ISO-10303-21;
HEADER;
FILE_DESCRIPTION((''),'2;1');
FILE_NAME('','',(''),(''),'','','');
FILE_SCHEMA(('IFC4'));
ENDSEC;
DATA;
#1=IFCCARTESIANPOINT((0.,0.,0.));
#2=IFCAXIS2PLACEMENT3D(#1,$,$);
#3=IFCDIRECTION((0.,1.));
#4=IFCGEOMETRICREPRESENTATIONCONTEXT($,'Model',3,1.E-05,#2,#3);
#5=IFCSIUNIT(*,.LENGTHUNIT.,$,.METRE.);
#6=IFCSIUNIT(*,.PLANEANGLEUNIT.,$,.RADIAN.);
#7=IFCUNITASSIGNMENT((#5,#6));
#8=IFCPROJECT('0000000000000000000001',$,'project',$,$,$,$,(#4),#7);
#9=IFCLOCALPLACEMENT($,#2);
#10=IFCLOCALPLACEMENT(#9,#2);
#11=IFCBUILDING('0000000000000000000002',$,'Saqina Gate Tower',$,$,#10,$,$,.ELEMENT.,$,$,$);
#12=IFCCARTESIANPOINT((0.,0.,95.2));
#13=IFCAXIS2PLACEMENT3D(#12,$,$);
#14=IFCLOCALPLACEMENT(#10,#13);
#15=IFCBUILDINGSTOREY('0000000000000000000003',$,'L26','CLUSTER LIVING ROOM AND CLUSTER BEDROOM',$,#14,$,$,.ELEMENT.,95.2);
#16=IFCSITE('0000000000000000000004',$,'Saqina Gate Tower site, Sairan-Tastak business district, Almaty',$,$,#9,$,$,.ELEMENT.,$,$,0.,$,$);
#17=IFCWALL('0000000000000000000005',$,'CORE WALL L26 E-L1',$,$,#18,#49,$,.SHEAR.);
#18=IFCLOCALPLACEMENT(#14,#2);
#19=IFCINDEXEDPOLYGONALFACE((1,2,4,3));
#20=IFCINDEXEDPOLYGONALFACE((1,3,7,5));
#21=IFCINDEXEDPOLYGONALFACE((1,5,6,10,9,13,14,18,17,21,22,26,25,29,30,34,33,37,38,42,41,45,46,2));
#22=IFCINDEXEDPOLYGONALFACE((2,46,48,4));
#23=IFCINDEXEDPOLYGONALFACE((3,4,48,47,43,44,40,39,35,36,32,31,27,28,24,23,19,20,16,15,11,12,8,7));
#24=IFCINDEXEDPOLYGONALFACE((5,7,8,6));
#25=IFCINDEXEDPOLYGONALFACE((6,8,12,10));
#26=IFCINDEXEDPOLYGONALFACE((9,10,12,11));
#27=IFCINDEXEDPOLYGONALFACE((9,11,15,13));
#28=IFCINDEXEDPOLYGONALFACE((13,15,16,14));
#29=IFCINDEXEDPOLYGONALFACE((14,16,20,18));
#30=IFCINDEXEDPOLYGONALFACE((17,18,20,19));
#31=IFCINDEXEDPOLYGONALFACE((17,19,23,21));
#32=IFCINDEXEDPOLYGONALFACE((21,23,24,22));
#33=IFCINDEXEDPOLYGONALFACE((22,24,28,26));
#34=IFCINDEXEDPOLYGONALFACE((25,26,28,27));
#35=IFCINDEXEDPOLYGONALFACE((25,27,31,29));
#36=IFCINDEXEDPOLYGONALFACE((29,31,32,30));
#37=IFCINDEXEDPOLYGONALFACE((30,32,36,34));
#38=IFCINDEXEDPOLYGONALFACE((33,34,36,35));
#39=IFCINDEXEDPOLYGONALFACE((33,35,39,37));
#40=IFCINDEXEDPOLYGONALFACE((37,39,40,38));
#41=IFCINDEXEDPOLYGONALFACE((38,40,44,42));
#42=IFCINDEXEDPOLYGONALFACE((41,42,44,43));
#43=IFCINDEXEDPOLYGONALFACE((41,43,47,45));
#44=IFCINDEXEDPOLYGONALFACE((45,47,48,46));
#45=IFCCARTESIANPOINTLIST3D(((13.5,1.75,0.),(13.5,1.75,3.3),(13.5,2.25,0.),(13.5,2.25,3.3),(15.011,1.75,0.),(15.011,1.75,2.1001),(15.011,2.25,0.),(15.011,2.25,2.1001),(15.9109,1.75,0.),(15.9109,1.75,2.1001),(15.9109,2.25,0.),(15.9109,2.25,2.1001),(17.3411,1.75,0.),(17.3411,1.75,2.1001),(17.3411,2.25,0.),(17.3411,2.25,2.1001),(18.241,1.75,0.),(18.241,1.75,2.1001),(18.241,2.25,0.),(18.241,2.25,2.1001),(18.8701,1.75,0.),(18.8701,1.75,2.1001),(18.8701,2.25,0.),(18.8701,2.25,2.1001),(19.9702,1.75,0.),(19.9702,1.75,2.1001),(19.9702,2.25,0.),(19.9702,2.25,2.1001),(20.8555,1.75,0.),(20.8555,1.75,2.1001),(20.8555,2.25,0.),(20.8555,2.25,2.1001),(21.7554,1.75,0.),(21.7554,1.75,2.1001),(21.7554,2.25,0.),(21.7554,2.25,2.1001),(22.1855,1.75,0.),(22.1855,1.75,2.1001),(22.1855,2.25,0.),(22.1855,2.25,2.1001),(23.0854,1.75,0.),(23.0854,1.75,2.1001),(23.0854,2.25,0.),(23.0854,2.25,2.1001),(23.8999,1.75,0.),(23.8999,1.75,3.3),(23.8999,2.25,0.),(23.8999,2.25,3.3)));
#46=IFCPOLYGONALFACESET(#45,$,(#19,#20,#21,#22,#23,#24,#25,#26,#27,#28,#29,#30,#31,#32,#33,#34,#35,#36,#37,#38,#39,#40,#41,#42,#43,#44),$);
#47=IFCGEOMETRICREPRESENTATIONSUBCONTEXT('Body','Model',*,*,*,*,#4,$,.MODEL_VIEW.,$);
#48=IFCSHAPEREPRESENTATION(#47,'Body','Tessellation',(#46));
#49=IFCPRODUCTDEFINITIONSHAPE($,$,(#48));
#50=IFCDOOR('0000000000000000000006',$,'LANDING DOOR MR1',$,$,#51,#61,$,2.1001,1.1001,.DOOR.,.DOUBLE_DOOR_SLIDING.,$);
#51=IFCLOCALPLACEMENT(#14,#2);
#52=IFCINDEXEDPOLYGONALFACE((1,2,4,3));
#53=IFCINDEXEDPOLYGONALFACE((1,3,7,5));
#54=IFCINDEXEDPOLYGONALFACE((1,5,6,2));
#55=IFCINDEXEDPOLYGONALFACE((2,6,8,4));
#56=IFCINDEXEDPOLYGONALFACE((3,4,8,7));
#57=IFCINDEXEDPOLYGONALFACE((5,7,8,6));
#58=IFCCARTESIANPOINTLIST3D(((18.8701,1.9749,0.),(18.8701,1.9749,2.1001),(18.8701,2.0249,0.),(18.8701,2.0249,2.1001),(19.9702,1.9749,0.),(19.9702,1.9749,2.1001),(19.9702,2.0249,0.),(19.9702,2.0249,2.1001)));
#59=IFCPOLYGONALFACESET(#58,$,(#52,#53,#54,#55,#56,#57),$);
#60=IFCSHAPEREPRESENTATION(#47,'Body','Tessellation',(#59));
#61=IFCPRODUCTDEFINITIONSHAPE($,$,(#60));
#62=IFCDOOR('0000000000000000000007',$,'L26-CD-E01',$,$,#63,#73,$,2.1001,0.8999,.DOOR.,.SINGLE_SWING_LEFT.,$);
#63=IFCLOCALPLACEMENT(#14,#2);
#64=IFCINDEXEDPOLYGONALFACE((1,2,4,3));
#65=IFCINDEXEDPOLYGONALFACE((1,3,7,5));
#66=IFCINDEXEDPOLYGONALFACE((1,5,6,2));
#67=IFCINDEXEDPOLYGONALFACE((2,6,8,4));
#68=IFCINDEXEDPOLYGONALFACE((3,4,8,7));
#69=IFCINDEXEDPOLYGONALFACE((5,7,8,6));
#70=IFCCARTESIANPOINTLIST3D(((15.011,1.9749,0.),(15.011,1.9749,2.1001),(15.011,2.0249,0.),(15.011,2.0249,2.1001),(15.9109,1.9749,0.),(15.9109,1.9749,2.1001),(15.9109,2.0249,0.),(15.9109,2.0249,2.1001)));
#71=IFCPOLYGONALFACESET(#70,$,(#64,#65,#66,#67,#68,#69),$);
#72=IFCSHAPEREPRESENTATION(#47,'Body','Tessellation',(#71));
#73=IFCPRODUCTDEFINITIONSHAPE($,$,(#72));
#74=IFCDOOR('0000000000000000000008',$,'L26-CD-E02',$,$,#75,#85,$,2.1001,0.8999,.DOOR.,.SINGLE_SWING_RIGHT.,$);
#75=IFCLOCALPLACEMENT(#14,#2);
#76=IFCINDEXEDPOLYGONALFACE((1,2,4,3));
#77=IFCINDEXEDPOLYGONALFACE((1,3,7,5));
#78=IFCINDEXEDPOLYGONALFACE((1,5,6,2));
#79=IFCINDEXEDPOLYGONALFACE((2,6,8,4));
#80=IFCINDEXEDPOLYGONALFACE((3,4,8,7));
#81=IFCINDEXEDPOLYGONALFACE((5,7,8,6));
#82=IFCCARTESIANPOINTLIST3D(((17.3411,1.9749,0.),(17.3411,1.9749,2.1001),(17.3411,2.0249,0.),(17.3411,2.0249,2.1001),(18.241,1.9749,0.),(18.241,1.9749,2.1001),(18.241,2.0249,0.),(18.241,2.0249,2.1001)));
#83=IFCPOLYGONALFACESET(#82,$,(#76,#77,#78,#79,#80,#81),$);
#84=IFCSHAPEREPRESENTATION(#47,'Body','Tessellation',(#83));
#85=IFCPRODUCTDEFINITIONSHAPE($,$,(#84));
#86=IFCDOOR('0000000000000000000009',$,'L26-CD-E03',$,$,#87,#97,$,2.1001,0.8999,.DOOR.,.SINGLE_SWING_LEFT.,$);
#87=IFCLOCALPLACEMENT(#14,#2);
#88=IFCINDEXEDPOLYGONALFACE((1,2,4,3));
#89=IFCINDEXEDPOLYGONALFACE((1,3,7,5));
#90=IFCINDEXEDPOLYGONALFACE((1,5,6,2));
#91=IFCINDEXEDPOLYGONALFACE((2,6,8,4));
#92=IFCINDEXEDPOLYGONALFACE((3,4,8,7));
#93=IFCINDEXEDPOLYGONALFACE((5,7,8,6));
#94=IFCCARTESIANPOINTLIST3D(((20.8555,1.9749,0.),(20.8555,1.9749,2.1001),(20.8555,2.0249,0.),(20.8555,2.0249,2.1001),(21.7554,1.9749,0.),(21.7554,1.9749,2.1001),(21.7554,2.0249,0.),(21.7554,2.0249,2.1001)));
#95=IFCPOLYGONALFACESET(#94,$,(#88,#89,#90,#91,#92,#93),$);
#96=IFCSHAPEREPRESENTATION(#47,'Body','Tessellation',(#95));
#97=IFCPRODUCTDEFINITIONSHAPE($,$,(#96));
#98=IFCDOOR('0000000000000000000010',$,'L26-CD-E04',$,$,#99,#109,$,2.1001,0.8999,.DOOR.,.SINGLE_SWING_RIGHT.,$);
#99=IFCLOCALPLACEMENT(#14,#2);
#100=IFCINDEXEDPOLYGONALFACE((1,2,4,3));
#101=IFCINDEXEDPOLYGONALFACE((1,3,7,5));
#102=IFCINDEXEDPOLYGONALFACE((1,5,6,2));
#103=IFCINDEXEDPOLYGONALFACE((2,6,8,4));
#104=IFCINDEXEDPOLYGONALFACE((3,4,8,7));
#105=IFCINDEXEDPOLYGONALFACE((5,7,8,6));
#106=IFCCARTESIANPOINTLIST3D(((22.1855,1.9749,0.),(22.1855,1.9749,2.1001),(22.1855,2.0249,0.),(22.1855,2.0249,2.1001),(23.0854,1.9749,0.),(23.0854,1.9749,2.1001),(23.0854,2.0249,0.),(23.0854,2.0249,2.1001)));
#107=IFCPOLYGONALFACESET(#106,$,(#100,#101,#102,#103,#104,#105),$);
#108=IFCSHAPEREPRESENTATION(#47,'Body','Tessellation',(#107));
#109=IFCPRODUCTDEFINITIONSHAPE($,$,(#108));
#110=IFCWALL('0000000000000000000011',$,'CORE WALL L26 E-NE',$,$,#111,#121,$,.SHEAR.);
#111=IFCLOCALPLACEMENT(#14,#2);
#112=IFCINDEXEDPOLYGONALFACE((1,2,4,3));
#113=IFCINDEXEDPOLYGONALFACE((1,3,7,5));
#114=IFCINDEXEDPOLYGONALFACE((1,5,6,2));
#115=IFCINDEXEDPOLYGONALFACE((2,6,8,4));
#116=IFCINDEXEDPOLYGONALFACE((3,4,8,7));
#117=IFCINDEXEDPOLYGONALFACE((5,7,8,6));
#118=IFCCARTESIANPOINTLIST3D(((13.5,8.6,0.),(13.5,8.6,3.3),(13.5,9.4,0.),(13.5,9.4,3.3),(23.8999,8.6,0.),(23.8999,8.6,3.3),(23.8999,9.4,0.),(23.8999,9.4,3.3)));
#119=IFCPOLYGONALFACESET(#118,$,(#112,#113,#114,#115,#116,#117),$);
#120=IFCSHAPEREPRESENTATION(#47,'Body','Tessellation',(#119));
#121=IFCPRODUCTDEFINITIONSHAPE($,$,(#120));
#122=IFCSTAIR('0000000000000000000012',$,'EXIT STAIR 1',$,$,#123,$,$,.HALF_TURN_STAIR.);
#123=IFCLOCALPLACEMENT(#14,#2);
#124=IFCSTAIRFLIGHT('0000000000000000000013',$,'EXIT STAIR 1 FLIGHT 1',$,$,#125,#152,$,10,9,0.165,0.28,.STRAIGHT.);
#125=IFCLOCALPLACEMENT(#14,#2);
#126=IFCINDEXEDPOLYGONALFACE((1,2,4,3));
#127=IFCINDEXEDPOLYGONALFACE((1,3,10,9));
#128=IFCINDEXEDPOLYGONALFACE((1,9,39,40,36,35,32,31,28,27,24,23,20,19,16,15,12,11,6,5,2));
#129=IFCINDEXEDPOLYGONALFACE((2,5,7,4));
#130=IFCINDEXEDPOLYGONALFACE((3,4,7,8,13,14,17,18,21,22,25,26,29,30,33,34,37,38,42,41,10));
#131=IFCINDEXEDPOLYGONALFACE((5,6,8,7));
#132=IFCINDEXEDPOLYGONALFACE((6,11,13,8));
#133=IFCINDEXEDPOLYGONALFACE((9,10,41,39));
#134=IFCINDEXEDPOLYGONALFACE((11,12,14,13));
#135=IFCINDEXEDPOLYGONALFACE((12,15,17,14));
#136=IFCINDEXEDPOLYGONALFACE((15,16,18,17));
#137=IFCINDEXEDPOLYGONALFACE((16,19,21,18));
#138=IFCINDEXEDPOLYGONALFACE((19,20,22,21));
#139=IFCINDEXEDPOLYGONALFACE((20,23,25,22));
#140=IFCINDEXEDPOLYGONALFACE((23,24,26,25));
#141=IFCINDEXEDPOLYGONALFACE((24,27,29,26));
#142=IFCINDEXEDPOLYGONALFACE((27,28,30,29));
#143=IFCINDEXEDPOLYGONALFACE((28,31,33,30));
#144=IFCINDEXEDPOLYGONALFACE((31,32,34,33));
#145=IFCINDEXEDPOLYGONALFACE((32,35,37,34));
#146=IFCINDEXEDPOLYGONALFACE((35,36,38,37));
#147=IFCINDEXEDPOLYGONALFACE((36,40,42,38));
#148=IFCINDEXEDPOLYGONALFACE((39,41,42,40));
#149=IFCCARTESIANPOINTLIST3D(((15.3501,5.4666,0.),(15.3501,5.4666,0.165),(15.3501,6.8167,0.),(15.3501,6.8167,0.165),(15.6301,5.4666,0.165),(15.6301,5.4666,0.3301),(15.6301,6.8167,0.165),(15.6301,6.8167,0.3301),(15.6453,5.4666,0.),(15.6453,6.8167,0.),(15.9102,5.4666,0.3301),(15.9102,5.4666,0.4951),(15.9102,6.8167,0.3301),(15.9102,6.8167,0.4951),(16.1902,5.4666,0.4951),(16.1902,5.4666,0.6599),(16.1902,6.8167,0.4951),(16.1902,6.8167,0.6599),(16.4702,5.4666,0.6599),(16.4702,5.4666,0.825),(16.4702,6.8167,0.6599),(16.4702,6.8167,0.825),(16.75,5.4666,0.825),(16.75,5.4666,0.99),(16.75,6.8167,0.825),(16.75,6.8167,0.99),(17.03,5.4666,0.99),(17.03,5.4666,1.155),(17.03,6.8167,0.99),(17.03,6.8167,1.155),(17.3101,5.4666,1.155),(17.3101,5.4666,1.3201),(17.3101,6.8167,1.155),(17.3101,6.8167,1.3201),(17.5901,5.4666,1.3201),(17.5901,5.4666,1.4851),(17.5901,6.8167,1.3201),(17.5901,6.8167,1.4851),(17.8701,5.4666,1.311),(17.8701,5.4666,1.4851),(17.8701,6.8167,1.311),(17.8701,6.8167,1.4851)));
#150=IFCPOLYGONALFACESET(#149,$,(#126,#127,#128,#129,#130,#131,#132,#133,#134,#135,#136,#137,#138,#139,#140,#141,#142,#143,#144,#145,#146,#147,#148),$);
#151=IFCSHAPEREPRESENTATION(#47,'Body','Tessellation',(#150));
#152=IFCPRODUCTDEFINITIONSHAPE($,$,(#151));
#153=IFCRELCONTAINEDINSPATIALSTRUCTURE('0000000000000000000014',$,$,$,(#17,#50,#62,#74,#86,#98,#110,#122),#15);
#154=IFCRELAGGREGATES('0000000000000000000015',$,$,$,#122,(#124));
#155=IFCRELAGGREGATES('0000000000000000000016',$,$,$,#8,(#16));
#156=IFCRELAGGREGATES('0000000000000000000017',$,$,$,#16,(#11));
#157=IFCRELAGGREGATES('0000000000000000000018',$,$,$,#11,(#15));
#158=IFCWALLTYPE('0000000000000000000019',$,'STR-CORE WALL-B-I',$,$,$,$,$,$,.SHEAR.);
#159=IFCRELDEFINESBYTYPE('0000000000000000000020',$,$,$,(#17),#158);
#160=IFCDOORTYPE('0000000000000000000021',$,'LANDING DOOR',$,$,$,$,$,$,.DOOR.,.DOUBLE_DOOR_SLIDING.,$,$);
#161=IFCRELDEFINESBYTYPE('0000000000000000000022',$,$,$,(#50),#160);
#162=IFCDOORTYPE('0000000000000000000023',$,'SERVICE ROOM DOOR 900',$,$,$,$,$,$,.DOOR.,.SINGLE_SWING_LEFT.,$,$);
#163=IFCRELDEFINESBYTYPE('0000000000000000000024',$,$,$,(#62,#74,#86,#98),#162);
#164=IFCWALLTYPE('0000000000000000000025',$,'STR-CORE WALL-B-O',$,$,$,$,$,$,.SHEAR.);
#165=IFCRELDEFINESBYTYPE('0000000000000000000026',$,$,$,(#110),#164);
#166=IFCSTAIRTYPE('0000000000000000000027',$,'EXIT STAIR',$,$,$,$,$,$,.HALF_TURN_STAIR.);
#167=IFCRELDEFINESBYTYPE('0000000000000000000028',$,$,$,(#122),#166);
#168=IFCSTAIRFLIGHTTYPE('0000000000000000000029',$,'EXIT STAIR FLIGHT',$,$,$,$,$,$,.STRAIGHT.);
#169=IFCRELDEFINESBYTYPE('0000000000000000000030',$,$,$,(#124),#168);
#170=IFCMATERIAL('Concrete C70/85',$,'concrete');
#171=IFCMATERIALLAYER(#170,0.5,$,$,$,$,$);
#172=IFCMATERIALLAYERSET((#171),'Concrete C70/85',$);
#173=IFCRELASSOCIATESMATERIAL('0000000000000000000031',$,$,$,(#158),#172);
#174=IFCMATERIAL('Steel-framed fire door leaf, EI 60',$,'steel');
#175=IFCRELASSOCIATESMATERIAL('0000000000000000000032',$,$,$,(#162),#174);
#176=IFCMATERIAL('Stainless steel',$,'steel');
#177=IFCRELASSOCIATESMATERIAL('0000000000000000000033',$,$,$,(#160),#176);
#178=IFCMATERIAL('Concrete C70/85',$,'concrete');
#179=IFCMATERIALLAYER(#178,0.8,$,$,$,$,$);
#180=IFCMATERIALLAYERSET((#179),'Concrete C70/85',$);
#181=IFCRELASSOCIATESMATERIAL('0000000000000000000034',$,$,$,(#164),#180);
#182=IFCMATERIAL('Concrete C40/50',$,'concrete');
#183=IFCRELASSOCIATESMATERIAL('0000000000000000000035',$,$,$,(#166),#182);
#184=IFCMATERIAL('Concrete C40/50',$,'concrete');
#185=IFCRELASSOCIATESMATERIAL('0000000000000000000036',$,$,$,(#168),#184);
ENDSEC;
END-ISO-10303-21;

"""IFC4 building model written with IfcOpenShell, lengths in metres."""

from ifc_helpers import new_model, si_unit, direction, frame, frame_2d, origin, place, context, subcontext, project, spatial, polyline, rectangle, outline, extrude, material, layer, layer_set, type_object, element, fill, aggregate, save


model = new_model("IFC4")

# Units and contexts
model_context = context("Model", 3, precision=1e-05, world=origin(), true_north=direction((0.0, 1.0)))
body_context = subcontext(model_context, "Body", "Model", "MODEL_VIEW")
ifc_project = project(units=[si_unit("LENGTHUNIT", "METRE"), si_unit("PLANEANGLEUNIT", "RADIAN")], contexts=[model_context])

# Site, building, storey
site_placement = place(None, origin())
site = spatial("IfcSite", under=ifc_project, at=site_placement, Name="Saqina Gate Tower site, Sairan-Tastak business district, Almaty", CompositionType="ELEMENT", RefElevation=0.0)
building_placement = place(site_placement, origin())
building = spatial("IfcBuilding", under=site, at=building_placement, Name="Saqina Gate Tower", CompositionType="ELEMENT")
storey_placement = place(building_placement, frame((0.0, 0.0, 95.2)))
storey = spatial("IfcBuildingStorey", under=building, at=storey_placement, Name="L26", Description="CLUSTER LIVING ROOM AND CLUSTER BEDROOM", CompositionType="ELEMENT", Elevation=95.2)

# Shared definitions
ifc_material_1 = material(Name="Concrete C70/85", Category="concrete")
ifc_layer_1 = layer(ifc_material_1, 0.5)
ifc_layer_set_1 = layer_set([ifc_layer_1], Name="Concrete C70/85")
wall_type_1 = type_object("IfcWallType", Name="STR-CORE WALL-B-I", PredefinedType="SHEAR", material=ifc_layer_set_1)
ifc_material_2 = material(Name="Steel-framed fire door leaf, EI 60", Category="steel")
door_type_1 = type_object("IfcDoorType", Name="SERVICE ROOM DOOR 900", OperationType="SINGLE_SWING_LEFT", PredefinedType="DOOR", material=ifc_material_2)

# Wall, openings, doors
wall_1_placement = place(storey_placement, frame((13.5, 2.0, 0.0), z_axis=(0.0, 0.0, 1.0), x_axis=(1.0, 0.0, 0.0)))
wall_1 = element("IfcWall", 1, at=wall_1_placement, inside=storey, type_object=wall_type_1, Name="CORE WALL L26 E-L1", PredefinedType="SHEAR", context=body_context, shape_type="SweptSolid", body=[
    extrude(rectangle(XDim=10.3999, YDim=0.5, at=frame_2d((5.2, 0.0))), origin(), (0.0, 0.0, 1.0), 3.3),
])
opening_1_placement = place(wall_1_placement, frame((5.3701, 0.0, 0.0)))
opening_1 = element("IfcOpeningElement", 2, at=opening_1_placement, cuts=wall_1, PredefinedType="OPENING", context=body_context, shape_type="SweptSolid", body=[
    extrude(rectangle(XDim=1.1001, YDim=2.1001, at=frame_2d((0.55, 1.05))), frame((0.0, 0.262, 0.0), z_axis=(0.0, -1.0, 0.0), x_axis=(1.0, 0.0, 0.0)), (0.0, 0.0, 1.0), 0.5239),
])
opening_2_placement = place(wall_1_placement, frame((1.511, 0.0, 0.0)))
opening_2 = element("IfcOpeningElement", 3, at=opening_2_placement, cuts=wall_1, PredefinedType="OPENING", context=body_context, shape_type="SweptSolid", body=[
    extrude(rectangle(XDim=0.8999, YDim=2.1001, at=frame_2d((0.45, 1.05))), frame((0.0, 0.262, 0.0), z_axis=(0.0, -1.0, 0.0), x_axis=(1.0, 0.0, 0.0)), (0.0, 0.0, 1.0), 0.5239),
])
opening_3_placement = place(wall_1_placement, frame((3.8411, 0.0, 0.0)))
opening_3 = element("IfcOpeningElement", 4, at=opening_3_placement, cuts=wall_1, PredefinedType="OPENING", context=body_context, shape_type="SweptSolid", body=[
    extrude(rectangle(XDim=0.8999, YDim=2.1001, at=frame_2d((0.45, 1.05))), frame((0.0, 0.262, 0.0), z_axis=(0.0, -1.0, 0.0), x_axis=(1.0, 0.0, 0.0)), (0.0, 0.0, 1.0), 0.5239),
])
opening_4_placement = place(wall_1_placement, frame((7.3555, 0.0, 0.0)))
opening_4 = element("IfcOpeningElement", 5, at=opening_4_placement, cuts=wall_1, PredefinedType="OPENING", context=body_context, shape_type="SweptSolid", body=[
    extrude(rectangle(XDim=0.8999, YDim=2.1001, at=frame_2d((0.45, 1.05))), frame((0.0, 0.262, 0.0), z_axis=(0.0, -1.0, 0.0), x_axis=(1.0, 0.0, 0.0)), (0.0, 0.0, 1.0), 0.5239),
])
opening_5_placement = place(wall_1_placement, frame((8.6855, 0.0, 0.0)))
opening_5 = element("IfcOpeningElement", 6, at=opening_5_placement, cuts=wall_1, PredefinedType="OPENING", context=body_context, shape_type="SweptSolid", body=[
    extrude(rectangle(XDim=0.8999, YDim=2.1001, at=frame_2d((0.45, 1.05))), frame((0.0, 0.262, 0.0), z_axis=(0.0, -1.0, 0.0), x_axis=(1.0, 0.0, 0.0)), (0.0, 0.0, 1.0), 0.5239),
])
ifc_material_3 = material(Name="Stainless steel", Category="steel")
door_type_2 = type_object("IfcDoorType", Name="LANDING DOOR", OperationType="DOUBLE_DOOR_SLIDING", PredefinedType="DOOR", material=ifc_material_3)
door_1_placement = place(opening_1_placement, origin())
door_1 = element("IfcDoor", 7, at=door_1_placement, inside=storey, type_object=door_type_2, Name="LANDING DOOR MR1", OperationType="DOUBLE_DOOR_SLIDING", OverallHeight=2.1001, OverallWidth=1.1001, PredefinedType="DOOR", context=body_context, shape_type="SweptSolid", body=[
    extrude(rectangle(XDim=1.1001, YDim=2.1001, at=frame_2d((0.55, 1.05))), frame((0.0, 0.0249, 0.0), z_axis=(0.0, -1.0, 0.0), x_axis=(1.0, 0.0, 0.0)), (0.0, 0.0, 1.0), 0.05),
])
fill(opening_1, door_1)
door_2_placement = place(opening_2_placement, origin())
door_2 = element("IfcDoor", 8, at=door_2_placement, inside=storey, type_object=door_type_1, Name="L26-CD-E01", OperationType="SINGLE_SWING_LEFT", OverallHeight=2.1001, OverallWidth=0.8999, PredefinedType="DOOR", context=body_context, shape_type="SweptSolid", body=[
    extrude(rectangle(XDim=0.8999, YDim=2.1001, at=frame_2d((0.45, 1.05))), frame((0.0, 0.0249, 0.0), z_axis=(0.0, -1.0, 0.0), x_axis=(1.0, 0.0, 0.0)), (0.0, 0.0, 1.0), 0.05),
])
fill(opening_2, door_2)
door_3_placement = place(opening_3_placement, origin())
door_3 = element("IfcDoor", 9, at=door_3_placement, inside=storey, type_object=door_type_1, Name="L26-CD-E02", OperationType="SINGLE_SWING_RIGHT", OverallHeight=2.1001, OverallWidth=0.8999, PredefinedType="DOOR", context=body_context, shape_type="SweptSolid", body=[
    extrude(rectangle(XDim=0.8999, YDim=2.1001, at=frame_2d((0.45, 1.05))), frame((0.0, 0.0249, 0.0), z_axis=(0.0, -1.0, 0.0), x_axis=(1.0, 0.0, 0.0)), (0.0, 0.0, 1.0), 0.05),
])
fill(opening_3, door_3)
door_4_placement = place(opening_4_placement, origin())
door_4 = element("IfcDoor", 10, at=door_4_placement, inside=storey, type_object=door_type_1, Name="L26-CD-E03", OperationType="SINGLE_SWING_LEFT", OverallHeight=2.1001, OverallWidth=0.8999, PredefinedType="DOOR", context=body_context, shape_type="SweptSolid", body=[
    extrude(rectangle(XDim=0.8999, YDim=2.1001, at=frame_2d((0.45, 1.05))), frame((0.0, 0.0249, 0.0), z_axis=(0.0, -1.0, 0.0), x_axis=(1.0, 0.0, 0.0)), (0.0, 0.0, 1.0), 0.05),
])
fill(opening_4, door_4)
door_5_placement = place(opening_5_placement, origin())
door_5 = element("IfcDoor", 11, at=door_5_placement, inside=storey, type_object=door_type_1, Name="L26-CD-E04", OperationType="SINGLE_SWING_RIGHT", OverallHeight=2.1001, OverallWidth=0.8999, PredefinedType="DOOR", context=body_context, shape_type="SweptSolid", body=[
    extrude(rectangle(XDim=0.8999, YDim=2.1001, at=frame_2d((0.45, 1.05))), frame((0.0, 0.0249, 0.0), z_axis=(0.0, -1.0, 0.0), x_axis=(1.0, 0.0, 0.0)), (0.0, 0.0, 1.0), 0.05),
])
fill(opening_5, door_5)

# Wall
ifc_material_4 = material(Name="Concrete C70/85", Category="concrete")
ifc_layer_2 = layer(ifc_material_4, 0.8)
ifc_layer_set_2 = layer_set([ifc_layer_2], Name="Concrete C70/85")
wall_type_2 = type_object("IfcWallType", Name="STR-CORE WALL-B-O", PredefinedType="SHEAR", material=ifc_layer_set_2)
wall_2_placement = place(storey_placement, frame((13.5, 9.0, 0.0), z_axis=(0.0, 0.0, 1.0), x_axis=(1.0, 0.0, 0.0)))
element("IfcWall", 12, at=wall_2_placement, inside=storey, type_object=wall_type_2, Name="CORE WALL L26 E-NE", PredefinedType="SHEAR", context=body_context, shape_type="SweptSolid", body=[
    extrude(rectangle(XDim=10.3999, YDim=0.8, at=frame_2d((5.2, 0.0))), origin(), (0.0, 0.0, 1.0), 3.3),
])

# Stair, stair flight
ifc_material_5 = material(Name="Concrete C40/50", Category="concrete")
stair_type = type_object("IfcStairType", Name="EXIT STAIR", PredefinedType="HALF_TURN_STAIR", material=ifc_material_5)
stair_placement = place(storey_placement, origin())
stair = element("IfcStair", 13, at=stair_placement, inside=storey, type_object=stair_type, Name="EXIT STAIR 1", PredefinedType="HALF_TURN_STAIR")
ifc_material_6 = material(Name="Concrete C40/50", Category="concrete")
stair_flight_type = type_object("IfcStairFlightType", Name="EXIT STAIR FLIGHT", PredefinedType="STRAIGHT", material=ifc_material_6)
stair_flight_1_placement = place(storey_placement, frame((15.3501, 6.1416, 0.0), z_axis=(0.0, 0.0, 1.0), x_axis=(1.0, 0.0, 0.0)))
stair_flight_1 = element("IfcStairFlight", 14, at=stair_flight_1_placement, type_object=stair_flight_type, Name="EXIT STAIR 1 FLIGHT 1", NumberOfRisers=10, NumberOfTreads=9, PredefinedType="STRAIGHT", RiserHeight=0.165, TreadLength=0.28, context=body_context, shape_type="SweptSolid", body=[
    extrude(outline(polyline([(0.0, 0.0), (0.0, 0.165), (0.28, 0.165), (0.28, 0.3301), (0.5601, 0.3301), (0.5601, 0.4951), (0.8401, 0.4951), (0.8401, 0.6599), (1.1201, 0.6599), (1.1201, 0.825), (1.3999, 0.825), (1.3999, 0.99), (1.6799, 0.99), (1.6799, 1.155), (1.96, 1.155), (1.96, 1.3201), (2.24, 1.3201), (2.24, 1.4851), (2.52, 1.4851), (2.52, 1.6499), (2.52, 1.311), (0.2952, 0.0), (0.0, 0.0)])), frame((0.0, 0.675, 0.0), z_axis=(0.0, -1.0, 0.0), x_axis=(1.0, 0.0, 0.0)), (0.0, 0.0, 1.0), 1.3501),
])
aggregate(stair, [stair_flight_1])

save(model, "model.ifc")
